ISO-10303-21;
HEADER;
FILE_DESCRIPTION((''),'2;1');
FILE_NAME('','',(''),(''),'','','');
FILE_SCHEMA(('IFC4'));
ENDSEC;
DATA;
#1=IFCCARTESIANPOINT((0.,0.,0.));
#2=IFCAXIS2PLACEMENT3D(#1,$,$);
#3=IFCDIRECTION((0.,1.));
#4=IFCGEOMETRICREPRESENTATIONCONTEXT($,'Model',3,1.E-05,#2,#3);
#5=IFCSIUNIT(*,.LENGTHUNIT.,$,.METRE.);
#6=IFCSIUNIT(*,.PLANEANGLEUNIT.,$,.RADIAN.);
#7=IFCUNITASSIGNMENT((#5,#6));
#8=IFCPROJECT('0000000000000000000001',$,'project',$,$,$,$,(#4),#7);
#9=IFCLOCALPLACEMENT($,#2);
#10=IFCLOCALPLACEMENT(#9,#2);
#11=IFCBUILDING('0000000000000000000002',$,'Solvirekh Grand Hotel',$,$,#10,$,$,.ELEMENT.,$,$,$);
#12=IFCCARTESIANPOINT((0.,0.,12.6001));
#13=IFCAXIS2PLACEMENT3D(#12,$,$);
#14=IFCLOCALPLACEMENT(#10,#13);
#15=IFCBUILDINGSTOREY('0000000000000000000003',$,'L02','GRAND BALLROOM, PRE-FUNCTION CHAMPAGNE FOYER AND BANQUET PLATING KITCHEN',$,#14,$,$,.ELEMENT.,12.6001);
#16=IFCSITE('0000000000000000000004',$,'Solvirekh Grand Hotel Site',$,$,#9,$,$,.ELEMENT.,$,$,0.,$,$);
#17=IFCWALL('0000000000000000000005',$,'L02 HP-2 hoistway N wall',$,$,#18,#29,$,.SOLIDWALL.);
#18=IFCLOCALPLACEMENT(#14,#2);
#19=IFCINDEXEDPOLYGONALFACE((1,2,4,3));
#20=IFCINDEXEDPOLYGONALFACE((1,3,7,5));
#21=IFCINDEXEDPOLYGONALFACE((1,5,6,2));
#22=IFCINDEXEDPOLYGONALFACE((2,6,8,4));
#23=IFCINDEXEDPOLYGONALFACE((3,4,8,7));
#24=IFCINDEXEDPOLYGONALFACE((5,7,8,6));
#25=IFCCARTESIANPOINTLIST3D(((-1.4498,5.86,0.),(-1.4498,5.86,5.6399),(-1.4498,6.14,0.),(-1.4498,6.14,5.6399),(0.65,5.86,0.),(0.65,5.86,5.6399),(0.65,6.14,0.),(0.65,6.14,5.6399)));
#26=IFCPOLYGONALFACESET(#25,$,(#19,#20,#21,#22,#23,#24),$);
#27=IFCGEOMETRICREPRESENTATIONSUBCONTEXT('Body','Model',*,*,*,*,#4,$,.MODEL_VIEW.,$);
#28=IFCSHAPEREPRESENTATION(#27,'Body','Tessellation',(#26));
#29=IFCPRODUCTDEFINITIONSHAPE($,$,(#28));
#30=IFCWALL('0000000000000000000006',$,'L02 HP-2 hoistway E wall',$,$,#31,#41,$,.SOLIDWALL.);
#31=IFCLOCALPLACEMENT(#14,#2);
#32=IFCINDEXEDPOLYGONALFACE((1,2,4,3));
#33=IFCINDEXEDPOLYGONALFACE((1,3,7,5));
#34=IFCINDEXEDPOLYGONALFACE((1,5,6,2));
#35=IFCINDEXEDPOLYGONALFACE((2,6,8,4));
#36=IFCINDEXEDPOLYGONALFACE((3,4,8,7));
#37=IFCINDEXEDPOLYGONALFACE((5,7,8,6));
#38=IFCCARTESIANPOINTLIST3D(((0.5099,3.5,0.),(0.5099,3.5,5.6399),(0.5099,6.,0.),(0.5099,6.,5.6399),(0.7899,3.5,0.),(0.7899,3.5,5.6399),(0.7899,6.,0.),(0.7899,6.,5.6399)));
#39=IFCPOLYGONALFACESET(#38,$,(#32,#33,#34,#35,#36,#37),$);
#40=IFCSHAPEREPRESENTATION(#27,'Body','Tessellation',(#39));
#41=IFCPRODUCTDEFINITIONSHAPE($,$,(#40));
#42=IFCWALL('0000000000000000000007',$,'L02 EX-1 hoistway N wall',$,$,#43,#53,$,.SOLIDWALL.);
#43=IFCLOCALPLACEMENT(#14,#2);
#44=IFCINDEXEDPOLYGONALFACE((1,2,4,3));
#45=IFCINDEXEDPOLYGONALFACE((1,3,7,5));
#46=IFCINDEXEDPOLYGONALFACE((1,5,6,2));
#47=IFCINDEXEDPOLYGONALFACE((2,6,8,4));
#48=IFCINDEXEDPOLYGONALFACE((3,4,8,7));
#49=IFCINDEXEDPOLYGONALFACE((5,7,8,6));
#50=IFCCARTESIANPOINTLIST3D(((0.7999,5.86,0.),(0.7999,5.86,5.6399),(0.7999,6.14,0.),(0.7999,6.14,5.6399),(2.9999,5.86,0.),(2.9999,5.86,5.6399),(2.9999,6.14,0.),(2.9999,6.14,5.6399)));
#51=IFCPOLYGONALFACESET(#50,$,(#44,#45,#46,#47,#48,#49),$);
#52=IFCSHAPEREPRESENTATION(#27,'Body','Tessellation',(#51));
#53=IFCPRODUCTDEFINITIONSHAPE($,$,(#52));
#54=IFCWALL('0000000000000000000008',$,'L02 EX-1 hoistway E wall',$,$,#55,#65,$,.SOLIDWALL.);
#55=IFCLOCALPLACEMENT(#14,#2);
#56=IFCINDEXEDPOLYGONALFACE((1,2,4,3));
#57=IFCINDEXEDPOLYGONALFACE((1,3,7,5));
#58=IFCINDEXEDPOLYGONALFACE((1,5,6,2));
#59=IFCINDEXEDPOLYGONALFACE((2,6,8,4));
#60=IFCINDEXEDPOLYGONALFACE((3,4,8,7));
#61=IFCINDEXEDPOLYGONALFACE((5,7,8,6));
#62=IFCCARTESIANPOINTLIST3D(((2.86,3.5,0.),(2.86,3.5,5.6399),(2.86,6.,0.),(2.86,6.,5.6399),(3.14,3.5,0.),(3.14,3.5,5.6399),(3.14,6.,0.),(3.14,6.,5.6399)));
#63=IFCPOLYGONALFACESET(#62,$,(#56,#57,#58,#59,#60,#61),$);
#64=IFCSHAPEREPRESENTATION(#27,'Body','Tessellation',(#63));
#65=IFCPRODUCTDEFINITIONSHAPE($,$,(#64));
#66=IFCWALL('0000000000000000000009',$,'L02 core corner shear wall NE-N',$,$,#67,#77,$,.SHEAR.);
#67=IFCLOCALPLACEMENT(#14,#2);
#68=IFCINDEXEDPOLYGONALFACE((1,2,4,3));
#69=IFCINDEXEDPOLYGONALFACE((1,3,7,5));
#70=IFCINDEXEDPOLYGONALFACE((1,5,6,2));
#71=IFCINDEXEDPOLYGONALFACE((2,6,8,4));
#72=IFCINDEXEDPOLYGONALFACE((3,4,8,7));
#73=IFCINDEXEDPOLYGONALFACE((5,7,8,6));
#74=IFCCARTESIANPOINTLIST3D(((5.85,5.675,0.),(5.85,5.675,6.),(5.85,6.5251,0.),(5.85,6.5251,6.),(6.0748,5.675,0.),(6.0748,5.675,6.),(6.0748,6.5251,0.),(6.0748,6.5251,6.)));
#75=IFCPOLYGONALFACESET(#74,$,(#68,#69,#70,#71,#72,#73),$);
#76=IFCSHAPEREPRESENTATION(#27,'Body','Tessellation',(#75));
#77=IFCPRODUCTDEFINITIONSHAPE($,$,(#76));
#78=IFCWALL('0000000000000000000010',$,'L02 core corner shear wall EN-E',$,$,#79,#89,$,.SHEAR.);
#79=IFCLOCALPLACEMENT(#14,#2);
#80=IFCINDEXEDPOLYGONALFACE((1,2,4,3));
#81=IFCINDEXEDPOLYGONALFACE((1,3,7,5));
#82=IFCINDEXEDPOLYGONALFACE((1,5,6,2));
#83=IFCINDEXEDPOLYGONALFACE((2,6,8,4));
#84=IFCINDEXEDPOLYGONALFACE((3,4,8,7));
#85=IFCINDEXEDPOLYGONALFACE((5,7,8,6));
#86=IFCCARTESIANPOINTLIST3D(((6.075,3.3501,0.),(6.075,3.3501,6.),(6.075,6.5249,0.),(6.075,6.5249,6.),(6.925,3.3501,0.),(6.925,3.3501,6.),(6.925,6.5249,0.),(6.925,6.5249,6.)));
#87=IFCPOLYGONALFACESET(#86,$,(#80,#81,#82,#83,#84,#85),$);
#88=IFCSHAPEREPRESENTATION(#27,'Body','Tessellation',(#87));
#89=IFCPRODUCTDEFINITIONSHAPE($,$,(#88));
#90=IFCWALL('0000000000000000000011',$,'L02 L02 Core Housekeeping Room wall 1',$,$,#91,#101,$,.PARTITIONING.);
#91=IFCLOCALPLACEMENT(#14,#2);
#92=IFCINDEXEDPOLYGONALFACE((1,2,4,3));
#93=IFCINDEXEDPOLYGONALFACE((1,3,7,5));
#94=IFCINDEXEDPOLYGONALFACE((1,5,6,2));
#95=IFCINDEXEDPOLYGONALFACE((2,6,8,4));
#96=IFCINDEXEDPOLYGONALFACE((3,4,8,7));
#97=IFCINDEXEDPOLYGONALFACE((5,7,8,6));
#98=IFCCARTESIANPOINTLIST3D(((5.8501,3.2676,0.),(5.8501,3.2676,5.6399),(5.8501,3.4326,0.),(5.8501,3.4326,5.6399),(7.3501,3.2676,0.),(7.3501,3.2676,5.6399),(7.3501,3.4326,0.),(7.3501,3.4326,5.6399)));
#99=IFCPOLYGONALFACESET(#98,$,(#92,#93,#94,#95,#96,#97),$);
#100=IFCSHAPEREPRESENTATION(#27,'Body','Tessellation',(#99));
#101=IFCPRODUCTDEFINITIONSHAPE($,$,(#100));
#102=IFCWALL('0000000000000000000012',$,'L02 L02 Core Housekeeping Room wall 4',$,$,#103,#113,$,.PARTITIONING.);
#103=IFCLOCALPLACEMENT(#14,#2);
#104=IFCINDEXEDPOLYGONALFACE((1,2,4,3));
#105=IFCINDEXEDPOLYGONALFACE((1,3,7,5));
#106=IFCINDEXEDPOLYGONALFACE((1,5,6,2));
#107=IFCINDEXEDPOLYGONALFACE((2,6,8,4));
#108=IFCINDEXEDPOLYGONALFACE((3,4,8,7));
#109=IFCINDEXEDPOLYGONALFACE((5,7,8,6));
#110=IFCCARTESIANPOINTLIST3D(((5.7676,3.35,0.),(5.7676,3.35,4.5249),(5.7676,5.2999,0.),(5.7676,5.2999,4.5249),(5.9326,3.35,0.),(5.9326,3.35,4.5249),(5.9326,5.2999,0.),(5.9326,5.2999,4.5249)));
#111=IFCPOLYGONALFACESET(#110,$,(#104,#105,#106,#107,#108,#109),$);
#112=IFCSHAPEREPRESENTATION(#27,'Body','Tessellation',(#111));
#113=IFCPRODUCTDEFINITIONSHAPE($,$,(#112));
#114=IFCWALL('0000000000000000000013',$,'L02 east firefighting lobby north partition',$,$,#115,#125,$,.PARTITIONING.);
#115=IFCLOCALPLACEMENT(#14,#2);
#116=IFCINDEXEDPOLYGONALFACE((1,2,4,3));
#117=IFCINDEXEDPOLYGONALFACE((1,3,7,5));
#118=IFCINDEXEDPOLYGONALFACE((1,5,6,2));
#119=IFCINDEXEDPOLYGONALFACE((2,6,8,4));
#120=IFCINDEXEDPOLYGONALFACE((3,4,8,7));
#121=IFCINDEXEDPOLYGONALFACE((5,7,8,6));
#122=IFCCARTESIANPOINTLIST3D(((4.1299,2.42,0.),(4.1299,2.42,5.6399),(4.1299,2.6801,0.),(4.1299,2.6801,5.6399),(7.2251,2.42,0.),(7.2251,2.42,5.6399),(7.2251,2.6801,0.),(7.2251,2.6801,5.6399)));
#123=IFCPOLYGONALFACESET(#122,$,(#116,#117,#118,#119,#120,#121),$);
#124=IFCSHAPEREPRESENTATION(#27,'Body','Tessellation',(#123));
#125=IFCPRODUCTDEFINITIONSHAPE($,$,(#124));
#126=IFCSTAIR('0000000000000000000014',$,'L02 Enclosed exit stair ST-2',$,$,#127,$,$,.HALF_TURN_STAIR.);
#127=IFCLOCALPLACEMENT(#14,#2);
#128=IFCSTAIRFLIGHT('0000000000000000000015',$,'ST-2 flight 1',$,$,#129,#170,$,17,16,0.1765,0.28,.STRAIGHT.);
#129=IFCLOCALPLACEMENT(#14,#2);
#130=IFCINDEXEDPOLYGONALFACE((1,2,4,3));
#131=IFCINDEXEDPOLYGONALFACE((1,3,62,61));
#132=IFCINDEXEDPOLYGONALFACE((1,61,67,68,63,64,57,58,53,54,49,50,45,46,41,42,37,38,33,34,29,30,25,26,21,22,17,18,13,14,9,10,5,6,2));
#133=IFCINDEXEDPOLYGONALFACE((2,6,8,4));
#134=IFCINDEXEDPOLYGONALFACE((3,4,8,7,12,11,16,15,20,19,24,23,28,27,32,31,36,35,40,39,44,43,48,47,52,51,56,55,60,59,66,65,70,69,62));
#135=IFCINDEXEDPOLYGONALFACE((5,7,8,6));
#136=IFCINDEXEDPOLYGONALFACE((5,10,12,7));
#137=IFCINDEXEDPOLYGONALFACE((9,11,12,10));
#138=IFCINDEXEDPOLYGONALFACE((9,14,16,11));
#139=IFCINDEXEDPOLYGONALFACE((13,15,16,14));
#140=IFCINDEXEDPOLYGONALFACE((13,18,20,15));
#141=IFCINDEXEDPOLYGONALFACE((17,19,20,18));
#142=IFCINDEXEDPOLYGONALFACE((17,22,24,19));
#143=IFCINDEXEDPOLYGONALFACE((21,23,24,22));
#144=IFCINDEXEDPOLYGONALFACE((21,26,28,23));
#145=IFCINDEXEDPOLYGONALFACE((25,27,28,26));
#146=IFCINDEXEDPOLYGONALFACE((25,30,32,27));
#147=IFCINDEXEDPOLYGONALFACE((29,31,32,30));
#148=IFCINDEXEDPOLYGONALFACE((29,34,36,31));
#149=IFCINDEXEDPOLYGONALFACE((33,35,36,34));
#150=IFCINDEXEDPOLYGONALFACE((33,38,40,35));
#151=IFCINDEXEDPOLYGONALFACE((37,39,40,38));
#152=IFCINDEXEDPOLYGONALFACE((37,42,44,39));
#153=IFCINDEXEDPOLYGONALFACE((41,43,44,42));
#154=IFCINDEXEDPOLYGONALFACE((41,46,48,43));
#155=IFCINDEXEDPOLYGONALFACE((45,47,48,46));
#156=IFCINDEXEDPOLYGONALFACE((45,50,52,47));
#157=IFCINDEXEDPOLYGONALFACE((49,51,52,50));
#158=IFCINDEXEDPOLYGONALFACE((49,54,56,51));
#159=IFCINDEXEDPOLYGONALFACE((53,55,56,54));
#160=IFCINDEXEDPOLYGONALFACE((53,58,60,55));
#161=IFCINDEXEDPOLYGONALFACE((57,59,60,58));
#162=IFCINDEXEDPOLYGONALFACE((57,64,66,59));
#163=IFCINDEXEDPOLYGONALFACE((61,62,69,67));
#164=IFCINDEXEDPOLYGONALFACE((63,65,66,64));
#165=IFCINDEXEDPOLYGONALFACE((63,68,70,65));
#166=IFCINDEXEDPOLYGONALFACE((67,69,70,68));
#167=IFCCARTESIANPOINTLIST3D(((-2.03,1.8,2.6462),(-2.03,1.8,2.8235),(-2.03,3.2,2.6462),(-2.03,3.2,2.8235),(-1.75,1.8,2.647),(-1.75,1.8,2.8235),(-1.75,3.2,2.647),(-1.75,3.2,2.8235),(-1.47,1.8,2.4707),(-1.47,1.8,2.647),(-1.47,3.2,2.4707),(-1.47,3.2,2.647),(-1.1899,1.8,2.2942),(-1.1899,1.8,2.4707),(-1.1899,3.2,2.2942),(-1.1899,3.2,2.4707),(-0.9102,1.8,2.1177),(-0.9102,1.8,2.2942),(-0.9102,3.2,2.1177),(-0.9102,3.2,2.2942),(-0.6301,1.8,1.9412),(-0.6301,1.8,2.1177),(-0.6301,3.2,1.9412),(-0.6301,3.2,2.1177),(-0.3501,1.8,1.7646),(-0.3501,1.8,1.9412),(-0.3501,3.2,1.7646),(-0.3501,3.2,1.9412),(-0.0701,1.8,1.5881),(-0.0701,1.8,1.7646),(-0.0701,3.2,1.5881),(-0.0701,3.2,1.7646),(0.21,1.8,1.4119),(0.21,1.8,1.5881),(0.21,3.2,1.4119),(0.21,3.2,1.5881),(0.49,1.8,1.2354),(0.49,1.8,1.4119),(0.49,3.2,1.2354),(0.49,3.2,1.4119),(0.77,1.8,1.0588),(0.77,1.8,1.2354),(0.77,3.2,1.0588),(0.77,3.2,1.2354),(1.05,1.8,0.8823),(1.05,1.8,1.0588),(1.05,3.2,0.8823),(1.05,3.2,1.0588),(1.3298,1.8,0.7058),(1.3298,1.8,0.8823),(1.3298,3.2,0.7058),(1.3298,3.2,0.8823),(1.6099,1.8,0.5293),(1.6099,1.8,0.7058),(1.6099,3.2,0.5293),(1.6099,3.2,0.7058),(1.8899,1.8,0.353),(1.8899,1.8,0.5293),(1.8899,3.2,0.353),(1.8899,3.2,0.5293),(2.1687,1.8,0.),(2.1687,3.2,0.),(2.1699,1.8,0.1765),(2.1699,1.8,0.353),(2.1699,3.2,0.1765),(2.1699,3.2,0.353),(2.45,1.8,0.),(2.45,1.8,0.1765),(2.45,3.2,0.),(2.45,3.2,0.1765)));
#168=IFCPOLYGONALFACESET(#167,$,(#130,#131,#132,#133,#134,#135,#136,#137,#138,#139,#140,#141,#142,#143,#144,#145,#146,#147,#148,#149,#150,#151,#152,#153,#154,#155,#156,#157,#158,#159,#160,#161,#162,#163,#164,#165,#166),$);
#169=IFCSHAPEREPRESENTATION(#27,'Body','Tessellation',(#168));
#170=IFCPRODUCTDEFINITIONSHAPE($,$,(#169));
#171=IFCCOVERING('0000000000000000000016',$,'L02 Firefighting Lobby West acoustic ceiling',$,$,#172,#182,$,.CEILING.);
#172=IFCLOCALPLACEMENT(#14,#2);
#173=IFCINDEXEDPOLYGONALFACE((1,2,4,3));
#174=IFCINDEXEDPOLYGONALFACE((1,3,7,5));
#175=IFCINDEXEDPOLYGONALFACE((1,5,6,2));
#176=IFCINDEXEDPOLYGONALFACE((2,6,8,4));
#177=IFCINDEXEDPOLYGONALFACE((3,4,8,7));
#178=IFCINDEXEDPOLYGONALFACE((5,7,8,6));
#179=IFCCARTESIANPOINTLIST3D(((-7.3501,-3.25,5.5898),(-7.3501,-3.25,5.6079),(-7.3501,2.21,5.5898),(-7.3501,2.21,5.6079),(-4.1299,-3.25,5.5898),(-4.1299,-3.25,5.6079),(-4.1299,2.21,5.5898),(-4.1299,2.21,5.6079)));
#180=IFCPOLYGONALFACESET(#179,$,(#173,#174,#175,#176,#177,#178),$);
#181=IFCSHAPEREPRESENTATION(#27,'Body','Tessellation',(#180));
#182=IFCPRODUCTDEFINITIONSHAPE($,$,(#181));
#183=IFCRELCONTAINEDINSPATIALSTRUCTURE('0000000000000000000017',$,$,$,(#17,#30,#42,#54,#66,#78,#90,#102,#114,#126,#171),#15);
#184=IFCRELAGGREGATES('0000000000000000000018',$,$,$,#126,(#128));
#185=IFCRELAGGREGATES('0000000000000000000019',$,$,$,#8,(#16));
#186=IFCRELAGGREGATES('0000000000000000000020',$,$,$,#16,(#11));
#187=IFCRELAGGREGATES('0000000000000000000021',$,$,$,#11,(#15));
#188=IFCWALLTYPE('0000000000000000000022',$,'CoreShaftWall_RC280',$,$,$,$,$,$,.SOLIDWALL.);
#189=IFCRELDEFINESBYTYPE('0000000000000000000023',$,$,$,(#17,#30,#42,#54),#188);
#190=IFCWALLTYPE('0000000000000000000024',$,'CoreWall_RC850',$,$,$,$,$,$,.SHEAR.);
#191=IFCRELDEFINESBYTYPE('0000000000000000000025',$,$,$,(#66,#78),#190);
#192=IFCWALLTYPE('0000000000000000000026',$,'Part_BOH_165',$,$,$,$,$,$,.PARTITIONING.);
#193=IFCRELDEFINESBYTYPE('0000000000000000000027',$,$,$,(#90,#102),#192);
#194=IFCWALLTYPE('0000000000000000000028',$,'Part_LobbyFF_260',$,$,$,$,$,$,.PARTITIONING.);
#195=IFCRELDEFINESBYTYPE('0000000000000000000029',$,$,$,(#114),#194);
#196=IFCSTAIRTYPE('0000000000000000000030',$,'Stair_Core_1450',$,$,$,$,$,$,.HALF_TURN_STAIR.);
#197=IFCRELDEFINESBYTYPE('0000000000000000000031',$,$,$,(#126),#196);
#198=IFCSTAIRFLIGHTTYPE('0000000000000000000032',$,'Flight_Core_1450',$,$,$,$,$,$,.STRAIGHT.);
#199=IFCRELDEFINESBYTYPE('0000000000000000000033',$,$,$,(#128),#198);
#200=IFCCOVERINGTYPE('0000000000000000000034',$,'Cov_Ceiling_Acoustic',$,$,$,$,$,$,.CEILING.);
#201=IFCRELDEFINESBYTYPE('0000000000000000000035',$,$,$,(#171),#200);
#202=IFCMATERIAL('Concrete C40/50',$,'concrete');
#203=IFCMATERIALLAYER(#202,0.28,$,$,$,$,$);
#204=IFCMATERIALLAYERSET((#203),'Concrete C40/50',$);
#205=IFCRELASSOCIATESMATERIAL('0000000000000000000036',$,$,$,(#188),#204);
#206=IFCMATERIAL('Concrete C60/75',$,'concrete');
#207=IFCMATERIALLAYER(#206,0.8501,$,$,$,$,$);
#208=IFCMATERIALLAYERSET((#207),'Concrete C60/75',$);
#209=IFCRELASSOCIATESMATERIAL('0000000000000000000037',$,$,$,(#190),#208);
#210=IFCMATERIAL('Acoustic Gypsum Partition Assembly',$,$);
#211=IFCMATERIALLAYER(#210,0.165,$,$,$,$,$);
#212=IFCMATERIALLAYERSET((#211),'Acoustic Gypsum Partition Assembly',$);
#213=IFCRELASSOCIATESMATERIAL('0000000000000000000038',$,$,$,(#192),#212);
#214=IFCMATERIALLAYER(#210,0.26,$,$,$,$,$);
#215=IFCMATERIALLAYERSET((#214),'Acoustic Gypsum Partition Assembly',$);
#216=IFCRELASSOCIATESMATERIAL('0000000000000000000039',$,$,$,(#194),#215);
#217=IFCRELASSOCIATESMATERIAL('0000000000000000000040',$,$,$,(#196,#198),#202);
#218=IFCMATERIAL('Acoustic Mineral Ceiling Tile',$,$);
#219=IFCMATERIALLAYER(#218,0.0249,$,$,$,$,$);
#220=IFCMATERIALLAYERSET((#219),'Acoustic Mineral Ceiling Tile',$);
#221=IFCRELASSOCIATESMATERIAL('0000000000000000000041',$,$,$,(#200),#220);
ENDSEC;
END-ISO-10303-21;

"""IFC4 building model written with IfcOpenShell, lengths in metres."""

from ifc_helpers import new_model, si_unit, direction, frame, frame_2d, origin, place, context, subcontext, project, spatial, polyline, rectangle, outline, extrude, material, layer, layer_set, type_object, element, aggregate, save


model = new_model("IFC4")

# Units and contexts
model_context = context("Model", 3, precision=1e-05, world=origin(), true_north=direction((0.0, 1.0)))
body_context = subcontext(model_context, "Body", "Model", "MODEL_VIEW")
ifc_project = project(units=[si_unit("LENGTHUNIT", "METRE"), si_unit("PLANEANGLEUNIT", "RADIAN")], contexts=[model_context])

# Site, building, storey
site_placement = place(None, origin())
site = spatial("IfcSite", under=ifc_project, at=site_placement, Name="Solvirekh Grand Hotel Site", CompositionType="ELEMENT", RefElevation=0.0)
building_placement = place(site_placement, origin())
building = spatial("IfcBuilding", under=site, at=building_placement, Name="Solvirekh Grand Hotel", CompositionType="ELEMENT")
storey_placement = place(building_placement, frame((0.0, 0.0, 12.6001)))
storey = spatial("IfcBuildingStorey", under=building, at=storey_placement, Name="L02", Description="GRAND BALLROOM, PRE-FUNCTION CHAMPAGNE FOYER AND BANQUET PLATING KITCHEN", CompositionType="ELEMENT", Elevation=12.6001)

# Walls
ifc_material_1 = material(Name="Concrete C40/50", Category="concrete")
ifc_layer_1 = layer(ifc_material_1, 0.28)
ifc_layer_set_1 = layer_set([ifc_layer_1], Name="Concrete C40/50")
wall_type_1 = type_object("IfcWallType", Name="CoreShaftWall_RC280", PredefinedType="SOLIDWALL", material=ifc_layer_set_1)
wall_1_placement = place(storey_placement, frame((0.6499, 6.0, 0.0), z_axis=(0.0, 0.0, 1.0), x_axis=(-1.0, 0.0, 0.0)))
element("IfcWall", 1, at=wall_1_placement, inside=storey, type_object=wall_type_1, Name="L02 HP-2 hoistway N wall", PredefinedType="SOLIDWALL", context=body_context, shape_type="SweptSolid", body=[
    extrude(rectangle(XDim=2.0999, YDim=0.28, at=frame_2d((1.0498, 0.0))), origin(), (0.0, 0.0, 1.0), 5.6399),
])
wall_2_placement = place(storey_placement, frame((0.6499, 3.5, 0.0), z_axis=(0.0, 0.0, 1.0), x_axis=(0.0, 1.0, 0.0)))
element("IfcWall", 2, at=wall_2_placement, inside=storey, type_object=wall_type_1, Name="L02 HP-2 hoistway E wall", PredefinedType="SOLIDWALL", context=body_context, shape_type="SweptSolid", body=[
    extrude(rectangle(XDim=2.5, YDim=0.28, at=frame_2d((1.25, 0.0))), origin(), (0.0, 0.0, 1.0), 5.6399),
])
wall_3_placement = place(storey_placement, frame((3.0, 6.0, 0.0), z_axis=(0.0, 0.0, 1.0), x_axis=(-1.0, 0.0, 0.0)))
element("IfcWall", 3, at=wall_3_placement, inside=storey, type_object=wall_type_1, Name="L02 EX-1 hoistway N wall", PredefinedType="SOLIDWALL", context=body_context, shape_type="SweptSolid", body=[
    extrude(rectangle(XDim=2.2, YDim=0.28, at=frame_2d((1.1001, 0.0))), origin(), (0.0, 0.0, 1.0), 5.6399),
])
wall_4_placement = place(storey_placement, frame((3.0, 3.5, 0.0), z_axis=(0.0, 0.0, 1.0), x_axis=(0.0, 1.0, 0.0)))
element("IfcWall", 4, at=wall_4_placement, inside=storey, type_object=wall_type_1, Name="L02 EX-1 hoistway E wall", PredefinedType="SOLIDWALL", context=body_context, shape_type="SweptSolid", body=[
    extrude(rectangle(XDim=2.5, YDim=0.28, at=frame_2d((1.25, 0.0))), origin(), (0.0, 0.0, 1.0), 5.6399),
])
ifc_material_2 = material(Name="Concrete C60/75", Category="concrete")
ifc_layer_2 = layer(ifc_material_2, 0.8501)
ifc_layer_set_2 = layer_set([ifc_layer_2], Name="Concrete C60/75")
wall_type_2 = type_object("IfcWallType", Name="CoreWall_RC850", PredefinedType="SHEAR", material=ifc_layer_set_2)
wall_5_placement = place(storey_placement, frame((5.8501, 6.1001, 0.0), z_axis=(0.0, 0.0, 1.0), x_axis=(1.0, 0.0, 0.0)))
element("IfcWall", 5, at=wall_5_placement, inside=storey, type_object=wall_type_2, Name="L02 core corner shear wall NE-N", PredefinedType="SHEAR", context=body_context, shape_type="SweptSolid", body=[
    extrude(rectangle(XDim=0.2249, YDim=0.8501, at=frame_2d((0.1123, 0.0))), origin(), (0.0, 0.0, 1.0), 6.0),
])
wall_6_placement = place(storey_placement, frame((6.5, 3.3501, 0.0), z_axis=(0.0, 0.0, 1.0), x_axis=(0.0, 1.0, 0.0)))
element("IfcWall", 6, at=wall_6_placement, inside=storey, type_object=wall_type_2, Name="L02 core corner shear wall EN-E", PredefinedType="SHEAR", context=body_context, shape_type="SweptSolid", body=[
    extrude(rectangle(XDim=3.1748, YDim=0.8501, at=frame_2d((1.5874, 0.0))), origin(), (0.0, 0.0, 1.0), 6.0),
])
ifc_material_3 = material(Name="Acoustic Gypsum Partition Assembly")
ifc_layer_3 = layer(ifc_material_3, 0.165)
ifc_layer_set_3 = layer_set([ifc_layer_3], Name="Acoustic Gypsum Partition Assembly")
wall_type_3 = type_object("IfcWallType", Name="Part_BOH_165", PredefinedType="PARTITIONING", material=ifc_layer_set_3)
wall_7_placement = place(storey_placement, frame((5.8501, 3.3501, 0.0), z_axis=(0.0, 0.0, 1.0), x_axis=(1.0, 0.0, 0.0)))
element("IfcWall", 7, at=wall_7_placement, inside=storey, type_object=wall_type_3, Name="L02 L02 Core Housekeeping Room wall 1", PredefinedType="PARTITIONING", context=body_context, shape_type="SweptSolid", body=[
    extrude(rectangle(XDim=1.5, YDim=0.165, at=frame_2d((0.75, 0.0))), origin(), (0.0, 0.0, 1.0), 5.6399),
])
wall_8_placement = place(storey_placement, frame((5.8501, 5.3, 0.0), z_axis=(0.0, 0.0, 1.0), x_axis=(0.0, -1.0, 0.0)))
element("IfcWall", 8, at=wall_8_placement, inside=storey, type_object=wall_type_3, Name="L02 L02 Core Housekeeping Room wall 4", PredefinedType="PARTITIONING", context=body_context, shape_type="SweptSolid", body=[
    extrude(rectangle(XDim=1.95, YDim=0.165, at=frame_2d((0.9751, 0.0))), origin(), (0.0, 0.0, 1.0), 4.5249),
])
ifc_layer_4 = layer(ifc_material_3, 0.26)
ifc_layer_set_4 = layer_set([ifc_layer_4], Name="Acoustic Gypsum Partition Assembly")
wall_type_4 = type_object("IfcWallType", Name="Part_LobbyFF_260", PredefinedType="PARTITIONING", material=ifc_layer_set_4)
wall_9_placement = place(storey_placement, frame((4.1299, 2.55, 0.0), z_axis=(0.0, 0.0, 1.0), x_axis=(1.0, 0.0, 0.0)))
element("IfcWall", 9, at=wall_9_placement, inside=storey, type_object=wall_type_4, Name="L02 east firefighting lobby north partition", PredefinedType="PARTITIONING", context=body_context, shape_type="SweptSolid", body=[
    extrude(rectangle(XDim=3.0952, YDim=0.26, at=frame_2d((1.5476, 0.0))), origin(), (0.0, 0.0, 1.0), 5.6399),
])

# Stair, stair flight
stair_type = type_object("IfcStairType", Name="Stair_Core_1450", PredefinedType="HALF_TURN_STAIR", material=ifc_material_1)
stair_placement = place(storey_placement, origin())
stair = element("IfcStair", 10, at=stair_placement, inside=storey, type_object=stair_type, Name="L02 Enclosed exit stair ST-2", PredefinedType="HALF_TURN_STAIR")
stair_flight_type = type_object("IfcStairFlightType", Name="Flight_Core_1450", PredefinedType="STRAIGHT", material=ifc_material_1)
stair_flight_placement = place(storey_placement, frame((2.45, 2.5, 0.0), z_axis=(0.0, 0.0, 1.0), x_axis=(-1.0, 0.0, 0.0)))
stair_flight = element("IfcStairFlight", 11, at=stair_flight_placement, type_object=stair_flight_type, Name="ST-2 flight 1", NumberOfRisers=17, NumberOfTreads=16, PredefinedType="STRAIGHT", RiserHeight=0.1765, TreadLength=0.28, context=body_context, shape_type="SweptSolid", body=[
    extrude(outline(polyline([(0.0, 0.0), (0.0, 0.1765), (0.28, 0.1765), (0.28, 0.353), (0.5601, 0.353), (0.5601, 0.5293), (0.8401, 0.5293), (0.8401, 0.7058), (1.1201, 0.7058), (1.1201, 0.8823), (1.3999, 0.8823), (1.3999, 1.0588), (1.6799, 1.0588), (1.6799, 1.2354), (1.96, 1.2354), (1.96, 1.4119), (2.24, 1.4119), (2.24, 1.5881), (2.52, 1.5881), (2.52, 1.7646), (2.8, 1.7646), (2.8, 1.9412), (3.0801, 1.9412), (3.0801, 2.1177), (3.3601, 2.1177), (3.3601, 2.2942), (3.6399, 2.2942), (3.6399, 2.4707), (3.9199, 2.4707), (3.9199, 2.647), (4.2, 2.647), (4.2, 2.8235), (4.48, 2.8235), (4.48, 3.0), (4.48, 2.6462), (0.2812, 0.0), (0.0, 0.0)])), frame((0.0, 0.7, 0.0), z_axis=(0.0, -1.0, 0.0), x_axis=(1.0, 0.0, 0.0)), (0.0, 0.0, 1.0), 1.3999),
])
aggregate(stair, [stair_flight])

# Covering
ifc_material_4 = material(Name="Acoustic Mineral Ceiling Tile")
ifc_layer_5 = layer(ifc_material_4, 0.0249)
ifc_layer_set_5 = layer_set([ifc_layer_5], Name="Acoustic Mineral Ceiling Tile")
covering_type_1 = type_object("IfcCoveringType", Name="Cov_Ceiling_Acoustic", PredefinedType="CEILING", material=ifc_layer_set_5)
covering_1_placement = place(storey_placement, frame((0.0, 0.0, 5.5898)))
element("IfcCovering", 12, at=covering_1_placement, inside=storey, type_object=covering_type_1, Name="L02 Firefighting Lobby West acoustic ceiling", PredefinedType="CEILING", context=body_context, shape_type="SweptSolid", body=[
    extrude(outline(polyline([(-7.3501, -3.25), (-4.1299, -3.25), (-4.1299, 2.21), (-7.3501, 2.21), (-7.3501, -3.25)])), origin(), (0.0, 0.0, 1.0), 0.0181),
])

save(model, "model.ifc")
